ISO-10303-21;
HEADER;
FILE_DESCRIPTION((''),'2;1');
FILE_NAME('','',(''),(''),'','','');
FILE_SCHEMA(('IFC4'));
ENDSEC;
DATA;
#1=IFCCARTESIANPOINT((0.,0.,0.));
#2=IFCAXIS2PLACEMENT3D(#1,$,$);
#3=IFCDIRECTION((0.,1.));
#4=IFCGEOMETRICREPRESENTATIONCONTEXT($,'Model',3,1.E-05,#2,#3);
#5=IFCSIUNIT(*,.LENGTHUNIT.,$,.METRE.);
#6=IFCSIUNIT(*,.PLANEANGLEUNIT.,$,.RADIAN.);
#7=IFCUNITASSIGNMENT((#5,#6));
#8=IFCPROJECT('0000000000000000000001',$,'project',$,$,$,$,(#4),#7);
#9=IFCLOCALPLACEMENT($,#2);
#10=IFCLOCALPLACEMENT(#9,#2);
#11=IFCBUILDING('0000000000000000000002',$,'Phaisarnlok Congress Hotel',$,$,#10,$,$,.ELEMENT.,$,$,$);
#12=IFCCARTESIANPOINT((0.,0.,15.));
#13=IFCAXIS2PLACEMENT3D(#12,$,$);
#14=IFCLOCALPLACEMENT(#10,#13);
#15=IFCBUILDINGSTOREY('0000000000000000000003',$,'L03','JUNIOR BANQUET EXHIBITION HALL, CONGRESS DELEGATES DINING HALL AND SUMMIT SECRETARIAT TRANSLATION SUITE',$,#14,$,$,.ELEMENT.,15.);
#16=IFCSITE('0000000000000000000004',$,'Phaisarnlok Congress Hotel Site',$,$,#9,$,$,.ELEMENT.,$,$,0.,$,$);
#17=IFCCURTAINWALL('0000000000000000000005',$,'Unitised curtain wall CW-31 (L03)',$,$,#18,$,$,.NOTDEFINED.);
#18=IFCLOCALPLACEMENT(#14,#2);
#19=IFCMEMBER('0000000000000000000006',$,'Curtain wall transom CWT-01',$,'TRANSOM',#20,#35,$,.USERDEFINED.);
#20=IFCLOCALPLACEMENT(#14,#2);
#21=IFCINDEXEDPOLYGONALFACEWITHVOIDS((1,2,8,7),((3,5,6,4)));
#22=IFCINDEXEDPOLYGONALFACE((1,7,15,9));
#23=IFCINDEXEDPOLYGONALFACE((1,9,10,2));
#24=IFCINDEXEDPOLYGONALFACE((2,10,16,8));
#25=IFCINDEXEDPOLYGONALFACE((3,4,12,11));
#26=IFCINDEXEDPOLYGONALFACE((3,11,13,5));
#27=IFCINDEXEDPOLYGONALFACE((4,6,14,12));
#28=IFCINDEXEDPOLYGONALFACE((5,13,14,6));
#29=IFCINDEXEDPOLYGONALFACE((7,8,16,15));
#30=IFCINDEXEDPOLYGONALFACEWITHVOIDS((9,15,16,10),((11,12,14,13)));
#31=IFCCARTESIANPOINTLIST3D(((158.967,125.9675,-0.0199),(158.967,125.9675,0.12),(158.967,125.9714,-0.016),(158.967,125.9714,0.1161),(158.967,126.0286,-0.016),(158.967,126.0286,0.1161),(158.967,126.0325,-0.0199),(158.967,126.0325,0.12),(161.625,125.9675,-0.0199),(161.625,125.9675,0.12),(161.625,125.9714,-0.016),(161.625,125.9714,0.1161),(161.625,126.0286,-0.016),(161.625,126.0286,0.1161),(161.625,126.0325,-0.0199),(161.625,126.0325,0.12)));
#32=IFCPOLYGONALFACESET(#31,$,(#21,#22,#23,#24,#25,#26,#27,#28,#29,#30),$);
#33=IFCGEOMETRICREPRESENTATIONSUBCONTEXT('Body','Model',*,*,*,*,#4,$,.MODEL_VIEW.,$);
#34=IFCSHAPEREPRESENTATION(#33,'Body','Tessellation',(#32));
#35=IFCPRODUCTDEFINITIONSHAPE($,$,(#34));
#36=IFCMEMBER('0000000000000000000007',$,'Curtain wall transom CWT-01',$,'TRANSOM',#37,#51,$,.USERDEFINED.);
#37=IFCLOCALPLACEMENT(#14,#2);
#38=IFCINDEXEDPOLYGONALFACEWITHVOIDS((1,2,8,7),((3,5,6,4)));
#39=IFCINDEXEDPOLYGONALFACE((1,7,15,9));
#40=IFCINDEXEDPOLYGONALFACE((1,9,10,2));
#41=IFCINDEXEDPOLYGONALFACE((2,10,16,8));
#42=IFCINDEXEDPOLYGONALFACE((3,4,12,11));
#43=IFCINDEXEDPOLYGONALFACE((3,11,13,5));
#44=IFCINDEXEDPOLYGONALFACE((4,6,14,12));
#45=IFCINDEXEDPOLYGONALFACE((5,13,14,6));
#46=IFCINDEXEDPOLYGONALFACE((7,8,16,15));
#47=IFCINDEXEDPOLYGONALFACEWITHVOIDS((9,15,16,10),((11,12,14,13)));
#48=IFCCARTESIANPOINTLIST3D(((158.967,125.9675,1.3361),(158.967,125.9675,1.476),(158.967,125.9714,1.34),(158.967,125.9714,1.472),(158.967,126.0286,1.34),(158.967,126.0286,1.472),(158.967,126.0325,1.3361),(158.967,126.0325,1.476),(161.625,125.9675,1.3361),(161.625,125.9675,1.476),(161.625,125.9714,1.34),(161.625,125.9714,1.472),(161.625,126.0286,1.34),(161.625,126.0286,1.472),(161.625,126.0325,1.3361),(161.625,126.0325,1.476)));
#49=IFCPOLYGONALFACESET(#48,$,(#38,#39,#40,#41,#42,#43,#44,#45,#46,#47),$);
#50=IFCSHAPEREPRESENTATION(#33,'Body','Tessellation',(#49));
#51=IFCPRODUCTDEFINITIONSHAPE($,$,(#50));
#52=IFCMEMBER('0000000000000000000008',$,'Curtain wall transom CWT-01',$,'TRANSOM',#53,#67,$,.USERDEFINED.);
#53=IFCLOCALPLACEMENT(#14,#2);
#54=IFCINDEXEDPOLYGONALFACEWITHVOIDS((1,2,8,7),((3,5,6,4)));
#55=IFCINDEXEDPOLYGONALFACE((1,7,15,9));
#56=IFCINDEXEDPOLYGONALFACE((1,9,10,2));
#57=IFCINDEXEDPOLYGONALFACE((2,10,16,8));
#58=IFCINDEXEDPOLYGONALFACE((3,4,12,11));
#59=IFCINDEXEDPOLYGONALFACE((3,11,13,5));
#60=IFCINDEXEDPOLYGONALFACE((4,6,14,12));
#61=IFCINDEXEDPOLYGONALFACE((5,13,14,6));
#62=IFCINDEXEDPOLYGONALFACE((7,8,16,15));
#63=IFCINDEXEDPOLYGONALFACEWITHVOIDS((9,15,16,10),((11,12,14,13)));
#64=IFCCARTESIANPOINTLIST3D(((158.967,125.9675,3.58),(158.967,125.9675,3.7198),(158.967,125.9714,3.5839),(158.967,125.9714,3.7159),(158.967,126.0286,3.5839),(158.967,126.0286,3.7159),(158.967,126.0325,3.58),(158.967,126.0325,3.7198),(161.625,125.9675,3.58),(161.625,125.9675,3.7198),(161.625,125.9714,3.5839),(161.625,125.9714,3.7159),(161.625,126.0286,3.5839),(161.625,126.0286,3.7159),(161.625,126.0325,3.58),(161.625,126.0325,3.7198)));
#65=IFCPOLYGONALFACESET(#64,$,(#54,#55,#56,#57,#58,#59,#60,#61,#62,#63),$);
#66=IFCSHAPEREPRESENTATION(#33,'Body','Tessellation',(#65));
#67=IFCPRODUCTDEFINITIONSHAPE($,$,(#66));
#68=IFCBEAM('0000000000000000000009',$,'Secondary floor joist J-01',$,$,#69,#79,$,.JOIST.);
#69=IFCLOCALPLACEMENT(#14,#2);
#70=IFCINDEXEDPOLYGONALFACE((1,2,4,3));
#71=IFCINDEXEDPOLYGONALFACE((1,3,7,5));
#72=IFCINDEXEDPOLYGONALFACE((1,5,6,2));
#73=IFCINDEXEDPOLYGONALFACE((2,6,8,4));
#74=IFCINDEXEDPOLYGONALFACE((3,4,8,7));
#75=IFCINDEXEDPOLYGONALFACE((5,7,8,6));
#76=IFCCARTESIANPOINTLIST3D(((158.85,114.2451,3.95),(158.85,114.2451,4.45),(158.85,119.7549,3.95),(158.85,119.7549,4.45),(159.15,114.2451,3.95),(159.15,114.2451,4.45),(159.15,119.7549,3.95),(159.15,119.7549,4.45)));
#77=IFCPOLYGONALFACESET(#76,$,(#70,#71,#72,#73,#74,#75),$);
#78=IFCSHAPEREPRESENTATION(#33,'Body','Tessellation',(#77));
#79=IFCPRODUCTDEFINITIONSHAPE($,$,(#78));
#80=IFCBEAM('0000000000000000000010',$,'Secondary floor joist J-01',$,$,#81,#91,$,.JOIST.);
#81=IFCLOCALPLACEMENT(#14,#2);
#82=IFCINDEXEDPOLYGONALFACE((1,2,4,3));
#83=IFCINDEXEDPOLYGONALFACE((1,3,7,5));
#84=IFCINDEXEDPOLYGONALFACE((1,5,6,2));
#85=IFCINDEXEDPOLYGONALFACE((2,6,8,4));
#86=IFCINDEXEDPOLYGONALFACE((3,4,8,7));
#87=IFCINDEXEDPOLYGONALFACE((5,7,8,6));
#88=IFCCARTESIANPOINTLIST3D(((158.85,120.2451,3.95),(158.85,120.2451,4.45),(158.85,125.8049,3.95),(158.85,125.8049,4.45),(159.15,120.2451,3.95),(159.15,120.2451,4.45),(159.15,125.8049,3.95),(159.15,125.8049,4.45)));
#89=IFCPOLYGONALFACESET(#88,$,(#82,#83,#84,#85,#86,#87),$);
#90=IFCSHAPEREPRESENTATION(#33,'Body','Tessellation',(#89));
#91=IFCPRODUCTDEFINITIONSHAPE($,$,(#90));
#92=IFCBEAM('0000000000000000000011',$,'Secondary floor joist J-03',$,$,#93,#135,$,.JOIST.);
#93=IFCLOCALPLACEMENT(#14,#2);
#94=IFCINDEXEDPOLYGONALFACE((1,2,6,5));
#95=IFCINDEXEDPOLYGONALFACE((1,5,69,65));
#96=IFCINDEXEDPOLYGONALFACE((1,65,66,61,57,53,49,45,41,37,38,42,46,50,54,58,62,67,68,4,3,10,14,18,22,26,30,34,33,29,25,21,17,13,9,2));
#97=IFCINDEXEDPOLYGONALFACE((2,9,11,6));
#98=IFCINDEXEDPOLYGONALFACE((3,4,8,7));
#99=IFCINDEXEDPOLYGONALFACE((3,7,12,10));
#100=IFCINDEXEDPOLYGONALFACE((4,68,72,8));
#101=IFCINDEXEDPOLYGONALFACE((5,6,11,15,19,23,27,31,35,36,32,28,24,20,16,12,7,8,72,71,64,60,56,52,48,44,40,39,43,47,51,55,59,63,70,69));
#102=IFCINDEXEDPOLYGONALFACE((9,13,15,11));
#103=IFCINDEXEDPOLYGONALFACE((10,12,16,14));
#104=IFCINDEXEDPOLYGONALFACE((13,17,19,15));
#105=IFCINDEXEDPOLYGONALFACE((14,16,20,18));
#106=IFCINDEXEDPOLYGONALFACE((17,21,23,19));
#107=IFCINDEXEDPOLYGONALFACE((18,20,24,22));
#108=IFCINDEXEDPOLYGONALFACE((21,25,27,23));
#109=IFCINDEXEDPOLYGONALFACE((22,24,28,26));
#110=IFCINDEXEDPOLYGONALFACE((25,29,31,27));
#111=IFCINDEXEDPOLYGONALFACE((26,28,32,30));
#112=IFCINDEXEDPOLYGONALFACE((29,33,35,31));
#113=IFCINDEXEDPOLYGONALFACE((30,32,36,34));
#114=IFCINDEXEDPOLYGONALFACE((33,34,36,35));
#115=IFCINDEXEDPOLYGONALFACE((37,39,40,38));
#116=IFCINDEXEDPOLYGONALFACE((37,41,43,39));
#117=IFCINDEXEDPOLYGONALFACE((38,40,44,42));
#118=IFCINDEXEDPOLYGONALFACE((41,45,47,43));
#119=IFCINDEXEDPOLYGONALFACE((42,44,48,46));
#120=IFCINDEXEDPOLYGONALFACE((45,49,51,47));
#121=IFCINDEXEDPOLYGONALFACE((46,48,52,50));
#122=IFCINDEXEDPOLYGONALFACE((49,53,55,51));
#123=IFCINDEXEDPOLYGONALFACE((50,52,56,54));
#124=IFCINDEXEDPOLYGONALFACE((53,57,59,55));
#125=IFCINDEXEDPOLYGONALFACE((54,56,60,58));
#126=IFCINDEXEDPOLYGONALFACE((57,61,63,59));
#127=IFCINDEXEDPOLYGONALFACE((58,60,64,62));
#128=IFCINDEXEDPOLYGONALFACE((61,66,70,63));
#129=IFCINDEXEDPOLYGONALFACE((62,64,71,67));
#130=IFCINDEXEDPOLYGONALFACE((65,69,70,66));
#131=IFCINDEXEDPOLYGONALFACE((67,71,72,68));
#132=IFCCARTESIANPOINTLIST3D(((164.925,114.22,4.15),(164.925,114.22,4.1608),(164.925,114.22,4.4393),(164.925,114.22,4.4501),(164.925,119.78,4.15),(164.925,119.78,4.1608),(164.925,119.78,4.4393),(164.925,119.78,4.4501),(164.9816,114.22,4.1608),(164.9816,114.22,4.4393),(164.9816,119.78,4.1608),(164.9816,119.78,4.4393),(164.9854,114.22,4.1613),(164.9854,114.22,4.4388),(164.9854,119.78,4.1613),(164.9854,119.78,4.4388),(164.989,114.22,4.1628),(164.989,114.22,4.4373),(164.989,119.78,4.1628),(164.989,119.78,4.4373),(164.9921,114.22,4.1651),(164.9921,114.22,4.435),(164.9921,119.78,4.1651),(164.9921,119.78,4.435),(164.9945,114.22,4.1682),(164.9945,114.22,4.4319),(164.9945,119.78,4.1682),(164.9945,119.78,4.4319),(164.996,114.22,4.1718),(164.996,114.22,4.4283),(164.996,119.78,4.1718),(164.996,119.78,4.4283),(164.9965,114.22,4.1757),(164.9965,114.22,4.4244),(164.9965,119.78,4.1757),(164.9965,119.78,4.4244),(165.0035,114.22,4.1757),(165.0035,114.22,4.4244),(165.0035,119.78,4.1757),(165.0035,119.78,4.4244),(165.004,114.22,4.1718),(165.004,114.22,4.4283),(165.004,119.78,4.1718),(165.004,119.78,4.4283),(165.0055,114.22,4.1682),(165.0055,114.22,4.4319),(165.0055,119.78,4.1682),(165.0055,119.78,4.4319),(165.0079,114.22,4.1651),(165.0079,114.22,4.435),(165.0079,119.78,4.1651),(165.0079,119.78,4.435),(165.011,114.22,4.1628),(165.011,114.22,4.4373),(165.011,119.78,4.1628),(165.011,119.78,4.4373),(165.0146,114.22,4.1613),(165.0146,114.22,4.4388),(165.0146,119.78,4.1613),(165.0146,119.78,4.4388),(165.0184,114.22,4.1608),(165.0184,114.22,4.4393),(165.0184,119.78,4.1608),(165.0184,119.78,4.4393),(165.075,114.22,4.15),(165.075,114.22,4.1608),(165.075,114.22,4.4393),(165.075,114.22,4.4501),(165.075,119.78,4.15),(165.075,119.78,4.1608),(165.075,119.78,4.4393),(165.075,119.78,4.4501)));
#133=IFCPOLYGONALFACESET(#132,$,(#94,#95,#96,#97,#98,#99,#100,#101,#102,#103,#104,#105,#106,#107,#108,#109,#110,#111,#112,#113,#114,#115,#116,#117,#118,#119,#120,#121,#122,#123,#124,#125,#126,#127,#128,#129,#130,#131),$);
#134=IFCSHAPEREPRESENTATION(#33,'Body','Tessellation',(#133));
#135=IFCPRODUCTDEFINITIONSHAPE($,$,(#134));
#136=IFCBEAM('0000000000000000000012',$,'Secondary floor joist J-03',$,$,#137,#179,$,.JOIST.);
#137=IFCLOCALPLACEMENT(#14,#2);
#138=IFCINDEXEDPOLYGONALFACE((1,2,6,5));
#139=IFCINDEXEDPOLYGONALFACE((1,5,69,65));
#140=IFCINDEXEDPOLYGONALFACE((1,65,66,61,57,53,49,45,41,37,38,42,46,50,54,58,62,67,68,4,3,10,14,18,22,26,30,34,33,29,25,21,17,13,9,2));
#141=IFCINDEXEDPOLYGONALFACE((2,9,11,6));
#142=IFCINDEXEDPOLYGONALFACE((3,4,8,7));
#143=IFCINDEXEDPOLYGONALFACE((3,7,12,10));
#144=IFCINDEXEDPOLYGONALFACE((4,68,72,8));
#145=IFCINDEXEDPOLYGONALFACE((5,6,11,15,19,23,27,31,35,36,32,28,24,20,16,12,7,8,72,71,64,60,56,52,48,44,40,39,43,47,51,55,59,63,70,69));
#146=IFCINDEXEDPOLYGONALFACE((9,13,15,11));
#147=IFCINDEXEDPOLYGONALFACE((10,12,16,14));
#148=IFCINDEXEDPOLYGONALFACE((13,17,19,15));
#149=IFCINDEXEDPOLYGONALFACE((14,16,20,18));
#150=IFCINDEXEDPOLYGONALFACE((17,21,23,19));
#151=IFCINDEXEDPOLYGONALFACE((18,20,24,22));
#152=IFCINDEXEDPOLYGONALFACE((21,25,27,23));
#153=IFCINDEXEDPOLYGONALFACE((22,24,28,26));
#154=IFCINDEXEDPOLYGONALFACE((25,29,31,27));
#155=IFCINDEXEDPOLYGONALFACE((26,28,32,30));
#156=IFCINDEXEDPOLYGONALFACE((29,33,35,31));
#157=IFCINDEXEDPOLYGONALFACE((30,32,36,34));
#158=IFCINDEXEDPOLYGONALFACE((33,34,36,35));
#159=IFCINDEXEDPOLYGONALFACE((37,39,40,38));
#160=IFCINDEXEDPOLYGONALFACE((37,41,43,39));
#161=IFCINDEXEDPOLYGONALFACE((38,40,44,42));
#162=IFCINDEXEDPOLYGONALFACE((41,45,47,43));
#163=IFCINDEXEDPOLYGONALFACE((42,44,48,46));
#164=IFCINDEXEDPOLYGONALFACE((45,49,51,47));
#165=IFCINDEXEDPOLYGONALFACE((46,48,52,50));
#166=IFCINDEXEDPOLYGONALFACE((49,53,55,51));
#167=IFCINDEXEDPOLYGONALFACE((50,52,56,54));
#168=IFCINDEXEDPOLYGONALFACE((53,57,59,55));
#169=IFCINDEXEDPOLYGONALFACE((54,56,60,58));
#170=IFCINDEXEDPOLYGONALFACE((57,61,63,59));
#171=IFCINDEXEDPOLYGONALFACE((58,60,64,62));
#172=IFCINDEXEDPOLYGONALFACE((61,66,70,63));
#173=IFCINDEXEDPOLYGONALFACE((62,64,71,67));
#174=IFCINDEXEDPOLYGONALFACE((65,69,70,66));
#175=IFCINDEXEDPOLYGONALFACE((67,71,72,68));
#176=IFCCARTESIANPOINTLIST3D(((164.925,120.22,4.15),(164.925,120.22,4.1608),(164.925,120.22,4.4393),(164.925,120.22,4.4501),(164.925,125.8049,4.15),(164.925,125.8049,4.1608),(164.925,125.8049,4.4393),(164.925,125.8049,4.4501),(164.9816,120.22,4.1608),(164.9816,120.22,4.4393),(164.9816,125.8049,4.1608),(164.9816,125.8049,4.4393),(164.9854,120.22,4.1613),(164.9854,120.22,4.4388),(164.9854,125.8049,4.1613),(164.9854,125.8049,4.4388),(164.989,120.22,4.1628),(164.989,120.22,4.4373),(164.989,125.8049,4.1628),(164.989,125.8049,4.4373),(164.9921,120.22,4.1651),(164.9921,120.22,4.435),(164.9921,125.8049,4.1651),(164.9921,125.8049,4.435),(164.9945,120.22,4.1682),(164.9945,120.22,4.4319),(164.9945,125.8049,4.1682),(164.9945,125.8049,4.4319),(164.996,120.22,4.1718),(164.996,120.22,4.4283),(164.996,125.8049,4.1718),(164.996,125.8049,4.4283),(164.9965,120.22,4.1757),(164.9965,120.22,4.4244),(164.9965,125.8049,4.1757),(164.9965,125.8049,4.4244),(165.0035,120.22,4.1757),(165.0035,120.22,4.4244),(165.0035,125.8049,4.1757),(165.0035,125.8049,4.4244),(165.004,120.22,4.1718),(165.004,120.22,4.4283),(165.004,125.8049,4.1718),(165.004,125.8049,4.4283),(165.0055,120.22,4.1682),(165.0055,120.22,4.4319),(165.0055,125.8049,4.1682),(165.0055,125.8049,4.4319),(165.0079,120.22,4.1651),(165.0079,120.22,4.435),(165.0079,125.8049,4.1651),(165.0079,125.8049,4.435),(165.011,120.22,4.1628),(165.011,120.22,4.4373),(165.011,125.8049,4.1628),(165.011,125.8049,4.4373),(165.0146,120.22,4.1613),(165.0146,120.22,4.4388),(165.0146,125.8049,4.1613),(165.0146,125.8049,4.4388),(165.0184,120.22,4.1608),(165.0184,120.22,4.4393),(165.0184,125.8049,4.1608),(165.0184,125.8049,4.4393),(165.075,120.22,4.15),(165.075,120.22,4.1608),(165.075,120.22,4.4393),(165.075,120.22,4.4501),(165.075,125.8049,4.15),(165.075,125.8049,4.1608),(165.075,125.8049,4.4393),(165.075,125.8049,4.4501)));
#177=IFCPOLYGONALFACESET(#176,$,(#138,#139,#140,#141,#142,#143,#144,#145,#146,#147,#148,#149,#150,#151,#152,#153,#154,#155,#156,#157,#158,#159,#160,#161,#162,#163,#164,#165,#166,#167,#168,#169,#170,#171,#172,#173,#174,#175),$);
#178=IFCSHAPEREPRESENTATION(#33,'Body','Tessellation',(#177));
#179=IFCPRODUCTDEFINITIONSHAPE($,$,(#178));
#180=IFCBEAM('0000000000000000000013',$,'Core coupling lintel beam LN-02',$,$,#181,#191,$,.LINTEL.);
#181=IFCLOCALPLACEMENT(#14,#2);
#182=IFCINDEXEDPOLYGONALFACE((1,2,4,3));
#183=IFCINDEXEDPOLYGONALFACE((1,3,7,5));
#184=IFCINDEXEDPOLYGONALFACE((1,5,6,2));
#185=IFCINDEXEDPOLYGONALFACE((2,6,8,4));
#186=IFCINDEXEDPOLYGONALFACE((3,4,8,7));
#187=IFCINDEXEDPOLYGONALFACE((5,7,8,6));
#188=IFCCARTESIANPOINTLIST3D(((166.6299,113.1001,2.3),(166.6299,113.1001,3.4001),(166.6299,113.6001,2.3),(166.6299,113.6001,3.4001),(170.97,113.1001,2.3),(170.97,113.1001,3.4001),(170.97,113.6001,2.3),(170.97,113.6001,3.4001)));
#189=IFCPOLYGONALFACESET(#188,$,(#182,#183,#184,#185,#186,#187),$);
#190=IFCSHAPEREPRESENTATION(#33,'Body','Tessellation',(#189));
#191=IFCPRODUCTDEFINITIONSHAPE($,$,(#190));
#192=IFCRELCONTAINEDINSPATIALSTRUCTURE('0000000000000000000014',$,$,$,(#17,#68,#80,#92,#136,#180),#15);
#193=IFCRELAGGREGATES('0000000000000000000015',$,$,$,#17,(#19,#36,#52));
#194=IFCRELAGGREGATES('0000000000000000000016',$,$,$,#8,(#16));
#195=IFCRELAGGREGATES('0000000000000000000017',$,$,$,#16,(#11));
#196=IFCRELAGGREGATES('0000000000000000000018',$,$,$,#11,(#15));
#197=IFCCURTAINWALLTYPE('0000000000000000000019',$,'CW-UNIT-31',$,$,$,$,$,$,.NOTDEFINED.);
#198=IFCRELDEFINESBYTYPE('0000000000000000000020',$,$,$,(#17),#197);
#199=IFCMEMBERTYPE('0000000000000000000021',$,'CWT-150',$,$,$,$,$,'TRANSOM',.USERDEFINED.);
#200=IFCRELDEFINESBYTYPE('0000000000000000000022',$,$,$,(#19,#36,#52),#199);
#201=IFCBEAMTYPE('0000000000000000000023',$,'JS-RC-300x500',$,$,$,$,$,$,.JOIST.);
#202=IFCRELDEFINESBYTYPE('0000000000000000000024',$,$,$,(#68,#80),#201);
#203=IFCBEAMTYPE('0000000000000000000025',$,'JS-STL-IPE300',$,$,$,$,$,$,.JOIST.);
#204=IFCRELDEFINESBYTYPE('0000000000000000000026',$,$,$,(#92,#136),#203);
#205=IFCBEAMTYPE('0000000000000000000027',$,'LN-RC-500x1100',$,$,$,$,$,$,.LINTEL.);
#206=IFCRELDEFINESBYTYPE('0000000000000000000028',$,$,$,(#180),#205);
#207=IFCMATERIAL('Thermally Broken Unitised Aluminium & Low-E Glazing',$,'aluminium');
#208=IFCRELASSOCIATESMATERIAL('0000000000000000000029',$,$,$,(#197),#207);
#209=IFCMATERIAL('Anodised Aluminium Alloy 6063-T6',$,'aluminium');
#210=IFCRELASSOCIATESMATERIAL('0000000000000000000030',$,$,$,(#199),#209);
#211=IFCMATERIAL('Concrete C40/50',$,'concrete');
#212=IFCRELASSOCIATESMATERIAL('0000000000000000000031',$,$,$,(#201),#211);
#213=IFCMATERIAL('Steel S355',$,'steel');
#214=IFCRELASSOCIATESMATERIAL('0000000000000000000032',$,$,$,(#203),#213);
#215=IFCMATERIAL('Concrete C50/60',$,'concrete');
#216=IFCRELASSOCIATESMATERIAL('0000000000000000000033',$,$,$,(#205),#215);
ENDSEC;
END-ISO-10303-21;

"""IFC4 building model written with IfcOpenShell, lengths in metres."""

from ifc_helpers import new_model, si_unit, direction, frame, origin, origin_2d, place, context, subcontext, project, spatial, rectangle, hollow_rectangle, i_section, extrude, material, material_profile, profile_set, type_object, element, aggregate, save


model = new_model("IFC4")

# Units and contexts
model_context = context("Model", 3, precision=1e-05, world=origin(), true_north=direction((0.0, 1.0)))
body_context = subcontext(model_context, "Body", "Model", "MODEL_VIEW")
ifc_project = project(units=[si_unit("LENGTHUNIT", "METRE"), si_unit("PLANEANGLEUNIT", "RADIAN")], contexts=[model_context])

# Site, building, storey
site_placement = place(None, origin())
site = spatial("IfcSite", under=ifc_project, at=site_placement, Name="Phaisarnlok Congress Hotel Site", CompositionType="ELEMENT", RefElevation=0.0)
building_placement = place(site_placement, origin())
building = spatial("IfcBuilding", under=site, at=building_placement, Name="Phaisarnlok Congress Hotel", CompositionType="ELEMENT")
storey_placement = place(building_placement, frame((0.0, 0.0, 15.0)))
storey = spatial("IfcBuildingStorey", under=building, at=storey_placement, Name="L03", Description="JUNIOR BANQUET EXHIBITION HALL, CONGRESS DELEGATES DINING HALL AND SUMMIT SECRETARIAT TRANSLATION SUITE", CompositionType="ELEMENT", Elevation=15.0)

# Shared definitions
ifc_material_1 = material(Name="Concrete C50/60", Category="concrete")
ifc_material_2 = material(Name="Steel S355", Category="steel")

# Shared definitions
ifc_material_3 = material(Name="Concrete C40/50", Category="concrete")

# Curtain wall, members
ifc_material_4 = material(Name="Thermally Broken Unitised Aluminium & Low-E Glazing", Category="aluminium")
curtain_wall_type = type_object("IfcCurtainWallType", Name="CW-UNIT-31", PredefinedType="NOTDEFINED", material=ifc_material_4)
curtain_wall_placement = place(storey_placement, origin())
curtain_wall = element("IfcCurtainWall", 1, at=curtain_wall_placement, inside=storey, type_object=curtain_wall_type, Name="Unitised curtain wall CW-31 (L03)", PredefinedType="NOTDEFINED")
ifc_material_5 = material(Name="Anodised Aluminium Alloy 6063-T6", Category="aluminium")
ifc_material_profile_1 = material_profile(ifc_material_5, hollow_rectangle(XDim=0.0649, YDim=0.1399, WallThickness=0.0039, at=origin_2d()), Name="ALU-T 65x140x4")
ifc_profile_set_1 = profile_set([ifc_material_profile_1], Name="Anodised Aluminium Alloy 6063-T6")
member_type_1 = type_object("IfcMemberType", Name="CWT-150", ElementType="TRANSOM", PredefinedType="USERDEFINED", material=ifc_profile_set_1)
member_1_placement = place(storey_placement, frame((161.625, 126.0, 0.05), z_axis=(-1.0, 0.0, 0.0), x_axis=(0.0, -1.0, 0.0)))
member_1 = element("IfcMember", 2, at=member_1_placement, type_object=member_type_1, Name="Curtain wall transom CWT-01", ObjectType="TRANSOM", PredefinedType="USERDEFINED", context=body_context, shape_type="SweptSolid", body=[
    extrude(hollow_rectangle(XDim=0.0649, YDim=0.1399, WallThickness=0.0039, at=origin_2d()), origin(), (0.0, 0.0, 1.0), 2.658),
])
member_2_placement = place(storey_placement, frame((161.625, 126.0, 1.406), z_axis=(-1.0, 0.0, 0.0), x_axis=(0.0, -1.0, 0.0)))
member_2 = element("IfcMember", 3, at=member_2_placement, type_object=member_type_1, Name="Curtain wall transom CWT-01", ObjectType="TRANSOM", PredefinedType="USERDEFINED", context=body_context, shape_type="SweptSolid", body=[
    extrude(hollow_rectangle(XDim=0.0649, YDim=0.1399, WallThickness=0.0039, at=origin_2d()), origin(), (0.0, 0.0, 1.0), 2.658),
])
member_3_placement = place(storey_placement, frame((161.625, 126.0, 3.6499), z_axis=(-1.0, 0.0, 0.0), x_axis=(0.0, -1.0, 0.0)))
member_3 = element("IfcMember", 4, at=member_3_placement, type_object=member_type_1, Name="Curtain wall transom CWT-01", ObjectType="TRANSOM", PredefinedType="USERDEFINED", context=body_context, shape_type="SweptSolid", body=[
    extrude(hollow_rectangle(XDim=0.0649, YDim=0.1399, WallThickness=0.0039, at=origin_2d()), origin(), (0.0, 0.0, 1.0), 2.658),
])

# Beams
ifc_material_profile_2 = material_profile(ifc_material_3, rectangle(XDim=0.3, YDim=0.5, at=origin_2d()), Name="RC 300x500")
ifc_profile_set_2 = profile_set([ifc_material_profile_2], Name="Concrete C40/50")
beam_type_1 = type_object("IfcBeamType", Name="JS-RC-300x500", PredefinedType="JOIST", material=ifc_profile_set_2)
beam_1_placement = place(storey_placement, frame((159.0, 114.2451, 4.2), z_axis=(0.0, 1.0, 0.0), x_axis=(-1.0, 0.0, 0.0)))
element("IfcBeam", 5, at=beam_1_placement, inside=storey, type_object=beam_type_1, Name="Secondary floor joist J-01", PredefinedType="JOIST", context=body_context, shape_type="SweptSolid", body=[
    extrude(rectangle(XDim=0.3, YDim=0.5, at=origin_2d()), origin(), (0.0, 0.0, 1.0), 5.5098),
])
beam_2_placement = place(storey_placement, frame((159.0, 120.2451, 4.2), z_axis=(0.0, 1.0, 0.0), x_axis=(-1.0, 0.0, 0.0)))
element("IfcBeam", 6, at=beam_2_placement, inside=storey, type_object=beam_type_1, Name="Secondary floor joist J-01", PredefinedType="JOIST", context=body_context, shape_type="SweptSolid", body=[
    extrude(rectangle(XDim=0.3, YDim=0.5, at=origin_2d()), origin(), (0.0, 0.0, 1.0), 5.5598),
])
ifc_material_profile_3 = material_profile(ifc_material_2, i_section(OverallWidth=0.1499, OverallDepth=0.3, WebThickness=0.0071, FlangeThickness=0.0107, FilletRadius=0.0149, at=origin_2d()), Name="IPE 300")
ifc_profile_set_3 = profile_set([ifc_material_profile_3], Name="Steel S355")
beam_type_2 = type_object("IfcBeamType", Name="JS-STL-IPE300", PredefinedType="JOIST", material=ifc_profile_set_3)
beam_3_placement = place(storey_placement, frame((165.0, 114.22, 4.3), z_axis=(0.0, 1.0, 0.0), x_axis=(-1.0, 0.0, 0.0)))
element("IfcBeam", 7, at=beam_3_placement, inside=storey, type_object=beam_type_2, Name="Secondary floor joist J-03", PredefinedType="JOIST", context=body_context, shape_type="SweptSolid", body=[
    extrude(i_section(OverallWidth=0.1499, OverallDepth=0.3, WebThickness=0.0071, FlangeThickness=0.0107, FilletRadius=0.0149, at=origin_2d()), origin(), (0.0, 0.0, 1.0), 5.5601),
])
beam_4_placement = place(storey_placement, frame((165.0, 120.22, 4.3), z_axis=(0.0, 1.0, 0.0), x_axis=(-1.0, 0.0, 0.0)))
element("IfcBeam", 8, at=beam_4_placement, inside=storey, type_object=beam_type_2, Name="Secondary floor joist J-03", PredefinedType="JOIST", context=body_context, shape_type="SweptSolid", body=[
    extrude(i_section(OverallWidth=0.1499, OverallDepth=0.3, WebThickness=0.0071, FlangeThickness=0.0107, FilletRadius=0.0149, at=origin_2d()), origin(), (0.0, 0.0, 1.0), 5.585),
])
ifc_material_profile_4 = material_profile(ifc_material_1, rectangle(XDim=0.5, YDim=1.1001, at=origin_2d()), Name="RC 500x1100")
ifc_profile_set_4 = profile_set([ifc_material_profile_4], Name="Concrete C50/60")
beam_type_3 = type_object("IfcBeamType", Name="LN-RC-500x1100", PredefinedType="LINTEL", material=ifc_profile_set_4)
beam_5_placement = place(storey_placement, frame((166.6299, 113.3501, 2.8501), z_axis=(1.0, 0.0, 0.0), x_axis=(0.0, 1.0, 0.0)))
element("IfcBeam", 9, at=beam_5_placement, inside=storey, type_object=beam_type_3, Name="Core coupling lintel beam LN-02", PredefinedType="LINTEL", context=body_context, shape_type="SweptSolid", body=[
    extrude(rectangle(XDim=0.5, YDim=1.1001, at=origin_2d()), origin(), (0.0, 0.0, 1.0), 4.3401),
])

aggregate(curtain_wall, [member_1, member_2, member_3])

save(model, "model.ifc")
